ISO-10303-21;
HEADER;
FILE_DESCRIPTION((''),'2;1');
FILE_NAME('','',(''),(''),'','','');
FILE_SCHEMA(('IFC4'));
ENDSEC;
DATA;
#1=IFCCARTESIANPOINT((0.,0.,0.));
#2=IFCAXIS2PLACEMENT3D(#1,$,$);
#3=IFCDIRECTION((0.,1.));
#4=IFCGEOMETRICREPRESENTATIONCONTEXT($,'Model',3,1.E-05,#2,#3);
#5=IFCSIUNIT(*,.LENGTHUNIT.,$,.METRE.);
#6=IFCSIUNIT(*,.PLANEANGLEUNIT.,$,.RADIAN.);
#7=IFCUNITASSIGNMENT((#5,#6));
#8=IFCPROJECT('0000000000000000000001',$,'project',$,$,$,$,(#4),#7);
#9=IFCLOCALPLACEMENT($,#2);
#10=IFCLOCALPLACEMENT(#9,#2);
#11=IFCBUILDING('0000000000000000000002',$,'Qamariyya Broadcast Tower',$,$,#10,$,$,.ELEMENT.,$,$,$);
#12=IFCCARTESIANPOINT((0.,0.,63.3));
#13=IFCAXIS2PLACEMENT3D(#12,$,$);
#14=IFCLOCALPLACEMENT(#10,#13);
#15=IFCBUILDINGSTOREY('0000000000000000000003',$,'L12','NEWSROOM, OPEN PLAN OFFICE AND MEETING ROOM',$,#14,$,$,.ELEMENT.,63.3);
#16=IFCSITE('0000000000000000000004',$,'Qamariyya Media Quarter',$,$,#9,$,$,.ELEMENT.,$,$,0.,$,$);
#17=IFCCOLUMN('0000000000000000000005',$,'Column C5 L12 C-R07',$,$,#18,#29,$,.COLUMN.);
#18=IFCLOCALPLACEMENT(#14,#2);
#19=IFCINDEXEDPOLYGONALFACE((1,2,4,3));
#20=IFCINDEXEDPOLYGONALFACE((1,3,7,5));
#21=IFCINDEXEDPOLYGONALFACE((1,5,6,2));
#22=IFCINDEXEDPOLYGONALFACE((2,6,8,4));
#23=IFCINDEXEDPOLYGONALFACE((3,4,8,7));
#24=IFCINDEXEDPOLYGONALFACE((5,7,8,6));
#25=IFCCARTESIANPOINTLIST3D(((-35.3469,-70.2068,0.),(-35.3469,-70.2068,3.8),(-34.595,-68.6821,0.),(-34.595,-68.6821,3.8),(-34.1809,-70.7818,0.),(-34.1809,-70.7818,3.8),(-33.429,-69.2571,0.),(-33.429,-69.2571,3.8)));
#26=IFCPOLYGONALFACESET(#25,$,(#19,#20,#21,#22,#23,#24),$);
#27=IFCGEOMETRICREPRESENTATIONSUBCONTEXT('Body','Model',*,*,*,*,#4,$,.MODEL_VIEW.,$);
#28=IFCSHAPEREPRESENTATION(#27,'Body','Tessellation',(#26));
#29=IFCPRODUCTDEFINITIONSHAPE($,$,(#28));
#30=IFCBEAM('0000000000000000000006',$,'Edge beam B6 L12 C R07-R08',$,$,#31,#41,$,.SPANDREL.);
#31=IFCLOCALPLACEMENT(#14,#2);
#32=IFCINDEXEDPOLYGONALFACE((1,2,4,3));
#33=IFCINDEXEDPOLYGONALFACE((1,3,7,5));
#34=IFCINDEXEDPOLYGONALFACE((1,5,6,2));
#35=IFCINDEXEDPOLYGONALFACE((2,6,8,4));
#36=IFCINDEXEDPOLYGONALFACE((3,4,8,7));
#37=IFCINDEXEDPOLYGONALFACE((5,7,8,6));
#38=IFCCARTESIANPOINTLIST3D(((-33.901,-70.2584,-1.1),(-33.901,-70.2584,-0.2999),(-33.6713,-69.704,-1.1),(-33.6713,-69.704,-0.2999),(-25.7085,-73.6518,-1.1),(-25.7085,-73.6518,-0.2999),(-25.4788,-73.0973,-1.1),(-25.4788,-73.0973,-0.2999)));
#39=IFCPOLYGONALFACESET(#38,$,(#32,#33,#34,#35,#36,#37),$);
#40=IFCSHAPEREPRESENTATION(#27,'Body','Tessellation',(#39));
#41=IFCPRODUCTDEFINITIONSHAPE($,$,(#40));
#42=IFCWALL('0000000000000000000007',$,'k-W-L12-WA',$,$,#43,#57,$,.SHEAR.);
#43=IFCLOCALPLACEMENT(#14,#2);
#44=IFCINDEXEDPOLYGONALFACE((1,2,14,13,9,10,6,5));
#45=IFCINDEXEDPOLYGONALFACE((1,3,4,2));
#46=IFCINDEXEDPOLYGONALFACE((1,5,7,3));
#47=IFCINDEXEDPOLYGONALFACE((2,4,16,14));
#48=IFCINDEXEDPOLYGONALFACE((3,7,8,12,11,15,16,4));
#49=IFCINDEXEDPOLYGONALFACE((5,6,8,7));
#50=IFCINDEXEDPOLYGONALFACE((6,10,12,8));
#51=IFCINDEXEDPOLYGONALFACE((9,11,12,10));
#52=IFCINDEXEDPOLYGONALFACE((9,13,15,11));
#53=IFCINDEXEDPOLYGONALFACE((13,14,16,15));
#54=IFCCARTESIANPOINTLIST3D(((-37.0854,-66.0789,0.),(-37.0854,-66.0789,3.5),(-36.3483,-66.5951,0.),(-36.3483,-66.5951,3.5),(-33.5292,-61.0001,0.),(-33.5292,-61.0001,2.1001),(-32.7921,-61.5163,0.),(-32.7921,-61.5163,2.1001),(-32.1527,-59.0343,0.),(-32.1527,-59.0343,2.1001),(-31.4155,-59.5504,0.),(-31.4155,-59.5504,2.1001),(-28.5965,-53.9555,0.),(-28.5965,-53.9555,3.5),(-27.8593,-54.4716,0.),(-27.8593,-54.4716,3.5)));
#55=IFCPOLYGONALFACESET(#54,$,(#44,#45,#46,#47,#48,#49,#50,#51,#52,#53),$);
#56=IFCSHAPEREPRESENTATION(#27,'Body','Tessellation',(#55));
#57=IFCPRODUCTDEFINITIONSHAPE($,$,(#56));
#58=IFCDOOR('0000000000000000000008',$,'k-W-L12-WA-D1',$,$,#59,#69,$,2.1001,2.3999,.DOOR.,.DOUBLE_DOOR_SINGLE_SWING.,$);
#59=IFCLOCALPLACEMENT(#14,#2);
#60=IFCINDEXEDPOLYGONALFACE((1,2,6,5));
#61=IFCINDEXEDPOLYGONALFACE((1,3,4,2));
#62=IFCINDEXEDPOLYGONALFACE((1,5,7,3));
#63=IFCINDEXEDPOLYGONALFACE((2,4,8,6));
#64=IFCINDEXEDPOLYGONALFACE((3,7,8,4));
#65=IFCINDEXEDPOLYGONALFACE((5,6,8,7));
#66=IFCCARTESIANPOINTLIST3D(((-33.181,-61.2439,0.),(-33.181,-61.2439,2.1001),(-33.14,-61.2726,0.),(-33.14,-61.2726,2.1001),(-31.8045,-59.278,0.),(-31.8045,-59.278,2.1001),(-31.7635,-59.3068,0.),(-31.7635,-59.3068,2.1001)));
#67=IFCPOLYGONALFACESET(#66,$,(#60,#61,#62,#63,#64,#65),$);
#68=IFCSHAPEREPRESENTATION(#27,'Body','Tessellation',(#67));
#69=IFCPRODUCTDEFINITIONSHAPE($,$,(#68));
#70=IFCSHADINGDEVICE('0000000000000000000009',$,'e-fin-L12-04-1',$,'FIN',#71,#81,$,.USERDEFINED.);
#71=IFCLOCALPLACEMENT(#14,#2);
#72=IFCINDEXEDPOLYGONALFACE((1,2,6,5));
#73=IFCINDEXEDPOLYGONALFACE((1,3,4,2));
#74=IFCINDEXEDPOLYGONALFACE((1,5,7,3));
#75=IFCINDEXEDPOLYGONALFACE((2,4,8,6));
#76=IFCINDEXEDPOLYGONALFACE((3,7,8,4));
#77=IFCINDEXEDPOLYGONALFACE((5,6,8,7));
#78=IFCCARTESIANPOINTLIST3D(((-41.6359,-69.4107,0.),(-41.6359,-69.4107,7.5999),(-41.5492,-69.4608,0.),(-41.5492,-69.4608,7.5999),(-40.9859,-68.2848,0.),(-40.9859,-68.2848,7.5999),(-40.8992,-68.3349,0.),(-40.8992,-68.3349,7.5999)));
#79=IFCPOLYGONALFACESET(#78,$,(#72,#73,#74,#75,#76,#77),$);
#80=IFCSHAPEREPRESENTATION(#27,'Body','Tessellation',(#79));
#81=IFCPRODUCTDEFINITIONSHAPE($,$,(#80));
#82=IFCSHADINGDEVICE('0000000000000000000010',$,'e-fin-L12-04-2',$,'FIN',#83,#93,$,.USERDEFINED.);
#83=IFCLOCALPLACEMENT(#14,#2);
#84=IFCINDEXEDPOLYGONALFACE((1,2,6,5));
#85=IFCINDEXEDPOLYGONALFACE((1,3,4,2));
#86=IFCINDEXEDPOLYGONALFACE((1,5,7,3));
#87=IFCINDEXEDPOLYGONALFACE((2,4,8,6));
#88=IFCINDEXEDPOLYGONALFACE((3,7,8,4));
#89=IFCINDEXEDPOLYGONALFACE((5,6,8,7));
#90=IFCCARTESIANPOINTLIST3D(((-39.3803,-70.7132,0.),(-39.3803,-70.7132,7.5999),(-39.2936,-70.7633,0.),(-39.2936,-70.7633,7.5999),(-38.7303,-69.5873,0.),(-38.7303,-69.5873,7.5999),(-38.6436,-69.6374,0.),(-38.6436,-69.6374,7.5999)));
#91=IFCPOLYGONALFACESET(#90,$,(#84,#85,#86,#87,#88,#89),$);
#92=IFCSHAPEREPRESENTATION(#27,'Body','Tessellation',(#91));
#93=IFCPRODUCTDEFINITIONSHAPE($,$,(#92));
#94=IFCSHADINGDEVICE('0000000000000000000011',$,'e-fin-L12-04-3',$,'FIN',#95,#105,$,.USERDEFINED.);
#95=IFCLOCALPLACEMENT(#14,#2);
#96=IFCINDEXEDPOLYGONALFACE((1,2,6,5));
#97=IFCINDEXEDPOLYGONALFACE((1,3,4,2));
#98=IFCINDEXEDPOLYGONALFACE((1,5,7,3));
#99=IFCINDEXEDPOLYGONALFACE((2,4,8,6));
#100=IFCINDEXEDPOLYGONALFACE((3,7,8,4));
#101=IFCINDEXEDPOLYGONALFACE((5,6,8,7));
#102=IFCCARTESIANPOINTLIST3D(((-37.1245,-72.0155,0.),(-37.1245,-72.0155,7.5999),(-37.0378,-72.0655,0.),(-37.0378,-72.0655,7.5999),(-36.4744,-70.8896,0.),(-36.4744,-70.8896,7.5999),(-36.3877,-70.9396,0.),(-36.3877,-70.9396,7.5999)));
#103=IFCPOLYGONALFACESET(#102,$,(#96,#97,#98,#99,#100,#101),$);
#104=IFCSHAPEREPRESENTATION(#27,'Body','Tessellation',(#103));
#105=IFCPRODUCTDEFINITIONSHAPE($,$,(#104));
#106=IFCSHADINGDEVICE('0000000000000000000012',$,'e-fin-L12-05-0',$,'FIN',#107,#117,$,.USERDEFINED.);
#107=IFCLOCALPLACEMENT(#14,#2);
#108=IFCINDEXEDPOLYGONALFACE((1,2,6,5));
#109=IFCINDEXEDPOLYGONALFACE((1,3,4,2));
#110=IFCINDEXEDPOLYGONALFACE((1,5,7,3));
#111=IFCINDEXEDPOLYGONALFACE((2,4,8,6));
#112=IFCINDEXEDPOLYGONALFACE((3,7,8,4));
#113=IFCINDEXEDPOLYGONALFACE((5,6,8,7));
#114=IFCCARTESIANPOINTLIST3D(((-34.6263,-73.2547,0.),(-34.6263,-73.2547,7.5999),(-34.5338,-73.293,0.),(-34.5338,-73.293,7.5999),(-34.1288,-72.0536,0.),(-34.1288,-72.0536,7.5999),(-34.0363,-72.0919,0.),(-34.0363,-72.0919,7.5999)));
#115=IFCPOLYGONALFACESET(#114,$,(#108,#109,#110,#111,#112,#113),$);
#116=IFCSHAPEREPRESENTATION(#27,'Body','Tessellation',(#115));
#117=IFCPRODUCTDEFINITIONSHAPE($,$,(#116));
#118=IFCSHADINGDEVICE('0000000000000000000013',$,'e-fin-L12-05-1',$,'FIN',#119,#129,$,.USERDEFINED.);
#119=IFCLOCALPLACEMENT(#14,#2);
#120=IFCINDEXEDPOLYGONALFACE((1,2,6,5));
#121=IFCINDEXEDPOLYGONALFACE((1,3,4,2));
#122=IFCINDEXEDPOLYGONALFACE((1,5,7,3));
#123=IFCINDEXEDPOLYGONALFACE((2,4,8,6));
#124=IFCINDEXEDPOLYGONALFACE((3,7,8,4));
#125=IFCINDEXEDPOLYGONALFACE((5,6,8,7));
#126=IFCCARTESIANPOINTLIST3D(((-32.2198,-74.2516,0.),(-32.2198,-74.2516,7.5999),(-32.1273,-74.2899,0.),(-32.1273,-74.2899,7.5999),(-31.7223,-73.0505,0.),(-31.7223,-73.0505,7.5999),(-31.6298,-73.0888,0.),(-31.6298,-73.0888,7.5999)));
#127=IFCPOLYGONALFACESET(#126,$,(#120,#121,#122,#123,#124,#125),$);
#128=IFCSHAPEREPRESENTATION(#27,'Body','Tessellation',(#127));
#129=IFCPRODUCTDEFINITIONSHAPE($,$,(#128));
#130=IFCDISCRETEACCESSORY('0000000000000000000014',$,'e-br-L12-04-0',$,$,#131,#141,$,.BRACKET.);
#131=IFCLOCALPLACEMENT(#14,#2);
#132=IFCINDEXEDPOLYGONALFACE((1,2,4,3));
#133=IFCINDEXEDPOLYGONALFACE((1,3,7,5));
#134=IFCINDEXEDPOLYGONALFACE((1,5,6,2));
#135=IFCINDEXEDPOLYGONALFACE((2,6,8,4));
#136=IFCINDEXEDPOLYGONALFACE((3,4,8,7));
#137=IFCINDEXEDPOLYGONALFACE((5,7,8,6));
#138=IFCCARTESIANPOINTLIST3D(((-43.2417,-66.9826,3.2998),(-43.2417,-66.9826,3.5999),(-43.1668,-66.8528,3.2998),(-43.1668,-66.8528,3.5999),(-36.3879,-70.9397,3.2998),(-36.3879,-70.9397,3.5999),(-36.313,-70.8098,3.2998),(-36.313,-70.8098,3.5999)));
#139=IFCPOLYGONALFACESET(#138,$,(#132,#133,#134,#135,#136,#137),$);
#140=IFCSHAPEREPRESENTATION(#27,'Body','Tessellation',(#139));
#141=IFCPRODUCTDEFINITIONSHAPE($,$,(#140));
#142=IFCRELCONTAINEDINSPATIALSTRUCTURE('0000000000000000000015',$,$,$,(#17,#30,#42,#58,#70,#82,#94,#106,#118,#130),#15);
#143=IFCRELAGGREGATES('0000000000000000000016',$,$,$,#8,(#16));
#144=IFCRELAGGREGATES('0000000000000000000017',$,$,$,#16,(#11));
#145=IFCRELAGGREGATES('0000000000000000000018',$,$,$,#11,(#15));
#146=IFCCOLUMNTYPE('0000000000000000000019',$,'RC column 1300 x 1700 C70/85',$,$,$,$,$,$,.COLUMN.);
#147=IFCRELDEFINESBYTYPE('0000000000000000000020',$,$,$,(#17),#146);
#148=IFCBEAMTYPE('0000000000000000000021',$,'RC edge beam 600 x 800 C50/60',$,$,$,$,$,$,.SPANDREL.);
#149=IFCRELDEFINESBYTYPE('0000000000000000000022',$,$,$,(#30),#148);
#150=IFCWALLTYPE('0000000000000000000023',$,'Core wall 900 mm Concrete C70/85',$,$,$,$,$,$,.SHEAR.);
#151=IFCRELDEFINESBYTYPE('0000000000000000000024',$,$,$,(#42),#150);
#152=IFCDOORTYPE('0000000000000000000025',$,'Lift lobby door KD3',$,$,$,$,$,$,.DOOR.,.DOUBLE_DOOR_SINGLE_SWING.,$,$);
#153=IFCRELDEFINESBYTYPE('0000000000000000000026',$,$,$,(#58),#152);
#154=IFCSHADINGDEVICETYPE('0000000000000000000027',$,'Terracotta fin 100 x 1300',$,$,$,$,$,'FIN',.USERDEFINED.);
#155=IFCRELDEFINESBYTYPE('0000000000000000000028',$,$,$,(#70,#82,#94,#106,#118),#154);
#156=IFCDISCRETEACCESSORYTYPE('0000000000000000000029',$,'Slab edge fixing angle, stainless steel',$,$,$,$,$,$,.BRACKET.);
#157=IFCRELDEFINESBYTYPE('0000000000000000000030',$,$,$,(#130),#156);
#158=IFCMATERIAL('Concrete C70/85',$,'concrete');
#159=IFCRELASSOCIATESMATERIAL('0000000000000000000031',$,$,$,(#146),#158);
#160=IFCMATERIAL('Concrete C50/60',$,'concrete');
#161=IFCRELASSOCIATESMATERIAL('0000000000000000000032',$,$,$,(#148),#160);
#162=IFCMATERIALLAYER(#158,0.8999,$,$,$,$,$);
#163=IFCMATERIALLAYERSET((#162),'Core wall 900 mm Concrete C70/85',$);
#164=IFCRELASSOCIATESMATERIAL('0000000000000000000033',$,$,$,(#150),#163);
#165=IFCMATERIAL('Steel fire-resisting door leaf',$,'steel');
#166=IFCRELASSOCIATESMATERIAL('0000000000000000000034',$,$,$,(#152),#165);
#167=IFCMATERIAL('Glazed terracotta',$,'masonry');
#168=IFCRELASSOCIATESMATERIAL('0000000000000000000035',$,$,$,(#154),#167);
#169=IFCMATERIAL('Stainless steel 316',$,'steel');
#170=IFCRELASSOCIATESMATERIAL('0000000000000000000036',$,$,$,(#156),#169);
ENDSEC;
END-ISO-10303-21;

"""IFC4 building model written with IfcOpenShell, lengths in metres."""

from ifc_helpers import new_model, si_unit, direction, frame, frame_2d, origin, origin_2d, place, context, subcontext, project, spatial, rectangle, extrude, material, layer, layer_set, material_profile, profile_set, type_object, element, fill, save


model = new_model("IFC4")

# Units and contexts
model_context = context("Model", 3, precision=1e-05, world=origin(), true_north=direction((0.0, 1.0)))
body_context = subcontext(model_context, "Body", "Model", "MODEL_VIEW")
ifc_project = project(units=[si_unit("LENGTHUNIT", "METRE"), si_unit("PLANEANGLEUNIT", "RADIAN")], contexts=[model_context])

# Site, building, storey
site_placement = place(None, origin())
site = spatial("IfcSite", under=ifc_project, at=site_placement, Name="Qamariyya Media Quarter", CompositionType="ELEMENT", RefElevation=0.0)
building_placement = place(site_placement, origin())
building = spatial("IfcBuilding", under=site, at=building_placement, Name="Qamariyya Broadcast Tower", CompositionType="ELEMENT")
storey_placement = place(building_placement, frame((0.0, 0.0, 63.3)))
storey = spatial("IfcBuildingStorey", under=building, at=storey_placement, Name="L12", Description="NEWSROOM, OPEN PLAN OFFICE AND MEETING ROOM", CompositionType="ELEMENT", Elevation=63.3)

# Column
ifc_material_1 = material(Name="Concrete C70/85", Category="concrete")
ifc_material_profile_1 = material_profile(ifc_material_1, rectangle(XDim=1.3, YDim=1.7, at=origin_2d()))
ifc_profile_set_1 = profile_set([ifc_material_profile_1], Name="Concrete C70/85")
column_type = type_object("IfcColumnType", Name="RC column 1300 x 1700 C70/85", PredefinedType="COLUMN", material=ifc_profile_set_1)
column_placement = place(storey_placement, frame((-34.3879, -69.7319, 0.0), z_axis=(0.0, 0.0, 1.0), x_axis=(0.896873, -0.442289, 0.0)))
element("IfcColumn", 1, at=column_placement, inside=storey, type_object=column_type, Name="Column C5 L12 C-R07", PredefinedType="COLUMN", context=body_context, shape_type="SweptSolid", body=[
    extrude(rectangle(XDim=1.3, YDim=1.7, at=origin_2d()), origin(), (0.0, 0.0, 1.0), 3.8),
])

# Beam
ifc_material_2 = material(Name="Concrete C50/60", Category="concrete")
ifc_material_profile_2 = material_profile(ifc_material_2, rectangle(XDim=0.6001, YDim=0.8, at=origin_2d()))
ifc_profile_set_2 = profile_set([ifc_material_profile_2], Name="Concrete C50/60")
beam_type = type_object("IfcBeamType", Name="RC edge beam 600 x 800 C50/60", PredefinedType="SPANDREL", material=ifc_profile_set_2)
beam_placement = place(storey_placement, frame((-33.7861, -69.9812, -0.7), z_axis=(0.923883, -0.382675, 0.0), x_axis=(0.382675, 0.923883, 0.0)))
element("IfcBeam", 2, at=beam_placement, inside=storey, type_object=beam_type, Name="Edge beam B6 L12 C R07-R08", PredefinedType="SPANDREL", context=body_context, shape_type="SweptSolid", body=[
    extrude(rectangle(XDim=0.6001, YDim=0.8, at=origin_2d()), origin(), (0.0, 0.0, 1.0), 8.8674),
])

# Wall, opening, door
ifc_layer = layer(ifc_material_1, 0.8999)
ifc_layer_set = layer_set([ifc_layer], Name="Core wall 900 mm Concrete C70/85")
wall_type = type_object("IfcWallType", Name="Core wall 900 mm Concrete C70/85", PredefinedType="SHEAR", material=ifc_layer_set)
wall_placement = place(storey_placement, frame((-36.7168, -66.3369, 0.0), z_axis=(0.0, 0.0, 1.0), x_axis=(0.573577, 0.819151, 0.0)))
wall = element("IfcWall", 3, at=wall_placement, inside=storey, type_object=wall_type, Name="k-W-L12-WA", PredefinedType="SHEAR", context=body_context, shape_type="SweptSolid", body=[
    extrude(rectangle(XDim=14.8, YDim=0.8999, at=frame_2d((7.3999, 0.0))), origin(), (0.0, 0.0, 1.0), 3.5),
])
opening_placement = place(wall_placement, frame((6.2, 0.0, 0.0)))
opening = element("IfcOpeningElement", 4, at=opening_placement, cuts=wall, PredefinedType="OPENING", context=body_context, shape_type="SweptSolid", body=[
    extrude(rectangle(XDim=2.3999, YDim=2.1001, at=frame_2d((1.2, 1.05))), frame((0.0, 0.46, 0.0), z_axis=(0.0, -1.0, 0.0), x_axis=(1.0, 0.0, 0.0)), (0.0, 0.0, 1.0), 0.9199),
])
ifc_material_3 = material(Name="Steel fire-resisting door leaf", Category="steel")
door_type = type_object("IfcDoorType", Name="Lift lobby door KD3", OperationType="DOUBLE_DOOR_SINGLE_SWING", PredefinedType="DOOR", material=ifc_material_3)
door_placement = place(opening_placement, origin())
door = element("IfcDoor", 5, at=door_placement, inside=storey, type_object=door_type, Name="k-W-L12-WA-D1", OperationType="DOUBLE_DOOR_SINGLE_SWING", OverallHeight=2.1001, OverallWidth=2.3999, PredefinedType="DOOR", context=body_context, shape_type="SweptSolid", body=[
    extrude(rectangle(XDim=2.3999, YDim=2.1001, at=frame_2d((1.2, 1.05))), frame((0.0, 0.0249, 0.0), z_axis=(0.0, -1.0, 0.0), x_axis=(1.0, 0.0, 0.0)), (0.0, 0.0, 1.0), 0.05),
])
fill(opening, door)

# Shading devices
ifc_material_4 = material(Name="Glazed terracotta", Category="masonry")
ifc_material_profile_3 = material_profile(ifc_material_4, rectangle(XDim=1.3, YDim=0.1001, at=origin_2d()))
ifc_profile_set_3 = profile_set([ifc_material_profile_3], Name="Glazed terracotta")
shading_device_type_1 = type_object("IfcShadingDeviceType", Name="Terracotta fin 100 x 1300", ElementType="FIN", PredefinedType="USERDEFINED", material=ifc_profile_set_3)
for number, where, z_axis, x_axis, name in (
    (6, (-41.2676, -68.8728, 0.0), (0.0, 0.0, 1.0), (-0.5, -0.866025, 0.0), "e-fin-L12-04-1"),
    (7, (-39.012, -70.1753, 0.0), (0.0, 0.0, 1.0), (-0.5, -0.866025, 0.0), "e-fin-L12-04-2"),
    (8, (-36.7561, -71.4775, 0.0), (0.0, 0.0, 1.0), (-0.5, -0.866025, 0.0), "e-fin-L12-04-3"),
    (9, (-34.3313, -72.6733, 0.0), (0.0, 0.0, 1.0), (-0.382683, -0.92388, 0.0), "e-fin-L12-05-0"),
    (10, (-31.9248, -73.6702, 0.0), (0.0, 0.0, 1.0), (-0.382683, -0.92388, 0.0), "e-fin-L12-05-1"),
):
    element("IfcShadingDevice", number, at=place(storey_placement, frame(where, z_axis=z_axis, x_axis=x_axis)), inside=storey, type_object=shading_device_type_1, Name=name, ObjectType="FIN", PredefinedType="USERDEFINED", context=body_context, shape_type="SweptSolid", body=[
        extrude(rectangle(XDim=1.3, YDim=0.1001, at=origin_2d()), origin(), (0.0, 0.0, 1.0), 7.5999),
    ])

# Discrete accessory
ifc_material_5 = material(Name="Stainless steel 316", Category="steel")
discrete_accessory_type = type_object("IfcDiscreteAccessoryType", Name="Slab edge fixing angle, stainless steel", PredefinedType="BRACKET", material=ifc_material_5)
discrete_accessory_placement = place(storey_placement, frame((-39.7773, -68.8962, 3.2998), z_axis=(0.0, 0.0, 1.0), x_axis=(0.866025, -0.5, 0.0)))
element("IfcDiscreteAccessory", 11, at=discrete_accessory_placement, inside=storey, type_object=discrete_accessory_type, Name="e-br-L12-04-0", PredefinedType="BRACKET", context=body_context, shape_type="SweptSolid", body=[
    extrude(rectangle(XDim=7.9141, YDim=0.1499, at=origin_2d()), origin(), (0.0, 0.0, 1.0), 0.3),
])

save(model, "model.ifc")
